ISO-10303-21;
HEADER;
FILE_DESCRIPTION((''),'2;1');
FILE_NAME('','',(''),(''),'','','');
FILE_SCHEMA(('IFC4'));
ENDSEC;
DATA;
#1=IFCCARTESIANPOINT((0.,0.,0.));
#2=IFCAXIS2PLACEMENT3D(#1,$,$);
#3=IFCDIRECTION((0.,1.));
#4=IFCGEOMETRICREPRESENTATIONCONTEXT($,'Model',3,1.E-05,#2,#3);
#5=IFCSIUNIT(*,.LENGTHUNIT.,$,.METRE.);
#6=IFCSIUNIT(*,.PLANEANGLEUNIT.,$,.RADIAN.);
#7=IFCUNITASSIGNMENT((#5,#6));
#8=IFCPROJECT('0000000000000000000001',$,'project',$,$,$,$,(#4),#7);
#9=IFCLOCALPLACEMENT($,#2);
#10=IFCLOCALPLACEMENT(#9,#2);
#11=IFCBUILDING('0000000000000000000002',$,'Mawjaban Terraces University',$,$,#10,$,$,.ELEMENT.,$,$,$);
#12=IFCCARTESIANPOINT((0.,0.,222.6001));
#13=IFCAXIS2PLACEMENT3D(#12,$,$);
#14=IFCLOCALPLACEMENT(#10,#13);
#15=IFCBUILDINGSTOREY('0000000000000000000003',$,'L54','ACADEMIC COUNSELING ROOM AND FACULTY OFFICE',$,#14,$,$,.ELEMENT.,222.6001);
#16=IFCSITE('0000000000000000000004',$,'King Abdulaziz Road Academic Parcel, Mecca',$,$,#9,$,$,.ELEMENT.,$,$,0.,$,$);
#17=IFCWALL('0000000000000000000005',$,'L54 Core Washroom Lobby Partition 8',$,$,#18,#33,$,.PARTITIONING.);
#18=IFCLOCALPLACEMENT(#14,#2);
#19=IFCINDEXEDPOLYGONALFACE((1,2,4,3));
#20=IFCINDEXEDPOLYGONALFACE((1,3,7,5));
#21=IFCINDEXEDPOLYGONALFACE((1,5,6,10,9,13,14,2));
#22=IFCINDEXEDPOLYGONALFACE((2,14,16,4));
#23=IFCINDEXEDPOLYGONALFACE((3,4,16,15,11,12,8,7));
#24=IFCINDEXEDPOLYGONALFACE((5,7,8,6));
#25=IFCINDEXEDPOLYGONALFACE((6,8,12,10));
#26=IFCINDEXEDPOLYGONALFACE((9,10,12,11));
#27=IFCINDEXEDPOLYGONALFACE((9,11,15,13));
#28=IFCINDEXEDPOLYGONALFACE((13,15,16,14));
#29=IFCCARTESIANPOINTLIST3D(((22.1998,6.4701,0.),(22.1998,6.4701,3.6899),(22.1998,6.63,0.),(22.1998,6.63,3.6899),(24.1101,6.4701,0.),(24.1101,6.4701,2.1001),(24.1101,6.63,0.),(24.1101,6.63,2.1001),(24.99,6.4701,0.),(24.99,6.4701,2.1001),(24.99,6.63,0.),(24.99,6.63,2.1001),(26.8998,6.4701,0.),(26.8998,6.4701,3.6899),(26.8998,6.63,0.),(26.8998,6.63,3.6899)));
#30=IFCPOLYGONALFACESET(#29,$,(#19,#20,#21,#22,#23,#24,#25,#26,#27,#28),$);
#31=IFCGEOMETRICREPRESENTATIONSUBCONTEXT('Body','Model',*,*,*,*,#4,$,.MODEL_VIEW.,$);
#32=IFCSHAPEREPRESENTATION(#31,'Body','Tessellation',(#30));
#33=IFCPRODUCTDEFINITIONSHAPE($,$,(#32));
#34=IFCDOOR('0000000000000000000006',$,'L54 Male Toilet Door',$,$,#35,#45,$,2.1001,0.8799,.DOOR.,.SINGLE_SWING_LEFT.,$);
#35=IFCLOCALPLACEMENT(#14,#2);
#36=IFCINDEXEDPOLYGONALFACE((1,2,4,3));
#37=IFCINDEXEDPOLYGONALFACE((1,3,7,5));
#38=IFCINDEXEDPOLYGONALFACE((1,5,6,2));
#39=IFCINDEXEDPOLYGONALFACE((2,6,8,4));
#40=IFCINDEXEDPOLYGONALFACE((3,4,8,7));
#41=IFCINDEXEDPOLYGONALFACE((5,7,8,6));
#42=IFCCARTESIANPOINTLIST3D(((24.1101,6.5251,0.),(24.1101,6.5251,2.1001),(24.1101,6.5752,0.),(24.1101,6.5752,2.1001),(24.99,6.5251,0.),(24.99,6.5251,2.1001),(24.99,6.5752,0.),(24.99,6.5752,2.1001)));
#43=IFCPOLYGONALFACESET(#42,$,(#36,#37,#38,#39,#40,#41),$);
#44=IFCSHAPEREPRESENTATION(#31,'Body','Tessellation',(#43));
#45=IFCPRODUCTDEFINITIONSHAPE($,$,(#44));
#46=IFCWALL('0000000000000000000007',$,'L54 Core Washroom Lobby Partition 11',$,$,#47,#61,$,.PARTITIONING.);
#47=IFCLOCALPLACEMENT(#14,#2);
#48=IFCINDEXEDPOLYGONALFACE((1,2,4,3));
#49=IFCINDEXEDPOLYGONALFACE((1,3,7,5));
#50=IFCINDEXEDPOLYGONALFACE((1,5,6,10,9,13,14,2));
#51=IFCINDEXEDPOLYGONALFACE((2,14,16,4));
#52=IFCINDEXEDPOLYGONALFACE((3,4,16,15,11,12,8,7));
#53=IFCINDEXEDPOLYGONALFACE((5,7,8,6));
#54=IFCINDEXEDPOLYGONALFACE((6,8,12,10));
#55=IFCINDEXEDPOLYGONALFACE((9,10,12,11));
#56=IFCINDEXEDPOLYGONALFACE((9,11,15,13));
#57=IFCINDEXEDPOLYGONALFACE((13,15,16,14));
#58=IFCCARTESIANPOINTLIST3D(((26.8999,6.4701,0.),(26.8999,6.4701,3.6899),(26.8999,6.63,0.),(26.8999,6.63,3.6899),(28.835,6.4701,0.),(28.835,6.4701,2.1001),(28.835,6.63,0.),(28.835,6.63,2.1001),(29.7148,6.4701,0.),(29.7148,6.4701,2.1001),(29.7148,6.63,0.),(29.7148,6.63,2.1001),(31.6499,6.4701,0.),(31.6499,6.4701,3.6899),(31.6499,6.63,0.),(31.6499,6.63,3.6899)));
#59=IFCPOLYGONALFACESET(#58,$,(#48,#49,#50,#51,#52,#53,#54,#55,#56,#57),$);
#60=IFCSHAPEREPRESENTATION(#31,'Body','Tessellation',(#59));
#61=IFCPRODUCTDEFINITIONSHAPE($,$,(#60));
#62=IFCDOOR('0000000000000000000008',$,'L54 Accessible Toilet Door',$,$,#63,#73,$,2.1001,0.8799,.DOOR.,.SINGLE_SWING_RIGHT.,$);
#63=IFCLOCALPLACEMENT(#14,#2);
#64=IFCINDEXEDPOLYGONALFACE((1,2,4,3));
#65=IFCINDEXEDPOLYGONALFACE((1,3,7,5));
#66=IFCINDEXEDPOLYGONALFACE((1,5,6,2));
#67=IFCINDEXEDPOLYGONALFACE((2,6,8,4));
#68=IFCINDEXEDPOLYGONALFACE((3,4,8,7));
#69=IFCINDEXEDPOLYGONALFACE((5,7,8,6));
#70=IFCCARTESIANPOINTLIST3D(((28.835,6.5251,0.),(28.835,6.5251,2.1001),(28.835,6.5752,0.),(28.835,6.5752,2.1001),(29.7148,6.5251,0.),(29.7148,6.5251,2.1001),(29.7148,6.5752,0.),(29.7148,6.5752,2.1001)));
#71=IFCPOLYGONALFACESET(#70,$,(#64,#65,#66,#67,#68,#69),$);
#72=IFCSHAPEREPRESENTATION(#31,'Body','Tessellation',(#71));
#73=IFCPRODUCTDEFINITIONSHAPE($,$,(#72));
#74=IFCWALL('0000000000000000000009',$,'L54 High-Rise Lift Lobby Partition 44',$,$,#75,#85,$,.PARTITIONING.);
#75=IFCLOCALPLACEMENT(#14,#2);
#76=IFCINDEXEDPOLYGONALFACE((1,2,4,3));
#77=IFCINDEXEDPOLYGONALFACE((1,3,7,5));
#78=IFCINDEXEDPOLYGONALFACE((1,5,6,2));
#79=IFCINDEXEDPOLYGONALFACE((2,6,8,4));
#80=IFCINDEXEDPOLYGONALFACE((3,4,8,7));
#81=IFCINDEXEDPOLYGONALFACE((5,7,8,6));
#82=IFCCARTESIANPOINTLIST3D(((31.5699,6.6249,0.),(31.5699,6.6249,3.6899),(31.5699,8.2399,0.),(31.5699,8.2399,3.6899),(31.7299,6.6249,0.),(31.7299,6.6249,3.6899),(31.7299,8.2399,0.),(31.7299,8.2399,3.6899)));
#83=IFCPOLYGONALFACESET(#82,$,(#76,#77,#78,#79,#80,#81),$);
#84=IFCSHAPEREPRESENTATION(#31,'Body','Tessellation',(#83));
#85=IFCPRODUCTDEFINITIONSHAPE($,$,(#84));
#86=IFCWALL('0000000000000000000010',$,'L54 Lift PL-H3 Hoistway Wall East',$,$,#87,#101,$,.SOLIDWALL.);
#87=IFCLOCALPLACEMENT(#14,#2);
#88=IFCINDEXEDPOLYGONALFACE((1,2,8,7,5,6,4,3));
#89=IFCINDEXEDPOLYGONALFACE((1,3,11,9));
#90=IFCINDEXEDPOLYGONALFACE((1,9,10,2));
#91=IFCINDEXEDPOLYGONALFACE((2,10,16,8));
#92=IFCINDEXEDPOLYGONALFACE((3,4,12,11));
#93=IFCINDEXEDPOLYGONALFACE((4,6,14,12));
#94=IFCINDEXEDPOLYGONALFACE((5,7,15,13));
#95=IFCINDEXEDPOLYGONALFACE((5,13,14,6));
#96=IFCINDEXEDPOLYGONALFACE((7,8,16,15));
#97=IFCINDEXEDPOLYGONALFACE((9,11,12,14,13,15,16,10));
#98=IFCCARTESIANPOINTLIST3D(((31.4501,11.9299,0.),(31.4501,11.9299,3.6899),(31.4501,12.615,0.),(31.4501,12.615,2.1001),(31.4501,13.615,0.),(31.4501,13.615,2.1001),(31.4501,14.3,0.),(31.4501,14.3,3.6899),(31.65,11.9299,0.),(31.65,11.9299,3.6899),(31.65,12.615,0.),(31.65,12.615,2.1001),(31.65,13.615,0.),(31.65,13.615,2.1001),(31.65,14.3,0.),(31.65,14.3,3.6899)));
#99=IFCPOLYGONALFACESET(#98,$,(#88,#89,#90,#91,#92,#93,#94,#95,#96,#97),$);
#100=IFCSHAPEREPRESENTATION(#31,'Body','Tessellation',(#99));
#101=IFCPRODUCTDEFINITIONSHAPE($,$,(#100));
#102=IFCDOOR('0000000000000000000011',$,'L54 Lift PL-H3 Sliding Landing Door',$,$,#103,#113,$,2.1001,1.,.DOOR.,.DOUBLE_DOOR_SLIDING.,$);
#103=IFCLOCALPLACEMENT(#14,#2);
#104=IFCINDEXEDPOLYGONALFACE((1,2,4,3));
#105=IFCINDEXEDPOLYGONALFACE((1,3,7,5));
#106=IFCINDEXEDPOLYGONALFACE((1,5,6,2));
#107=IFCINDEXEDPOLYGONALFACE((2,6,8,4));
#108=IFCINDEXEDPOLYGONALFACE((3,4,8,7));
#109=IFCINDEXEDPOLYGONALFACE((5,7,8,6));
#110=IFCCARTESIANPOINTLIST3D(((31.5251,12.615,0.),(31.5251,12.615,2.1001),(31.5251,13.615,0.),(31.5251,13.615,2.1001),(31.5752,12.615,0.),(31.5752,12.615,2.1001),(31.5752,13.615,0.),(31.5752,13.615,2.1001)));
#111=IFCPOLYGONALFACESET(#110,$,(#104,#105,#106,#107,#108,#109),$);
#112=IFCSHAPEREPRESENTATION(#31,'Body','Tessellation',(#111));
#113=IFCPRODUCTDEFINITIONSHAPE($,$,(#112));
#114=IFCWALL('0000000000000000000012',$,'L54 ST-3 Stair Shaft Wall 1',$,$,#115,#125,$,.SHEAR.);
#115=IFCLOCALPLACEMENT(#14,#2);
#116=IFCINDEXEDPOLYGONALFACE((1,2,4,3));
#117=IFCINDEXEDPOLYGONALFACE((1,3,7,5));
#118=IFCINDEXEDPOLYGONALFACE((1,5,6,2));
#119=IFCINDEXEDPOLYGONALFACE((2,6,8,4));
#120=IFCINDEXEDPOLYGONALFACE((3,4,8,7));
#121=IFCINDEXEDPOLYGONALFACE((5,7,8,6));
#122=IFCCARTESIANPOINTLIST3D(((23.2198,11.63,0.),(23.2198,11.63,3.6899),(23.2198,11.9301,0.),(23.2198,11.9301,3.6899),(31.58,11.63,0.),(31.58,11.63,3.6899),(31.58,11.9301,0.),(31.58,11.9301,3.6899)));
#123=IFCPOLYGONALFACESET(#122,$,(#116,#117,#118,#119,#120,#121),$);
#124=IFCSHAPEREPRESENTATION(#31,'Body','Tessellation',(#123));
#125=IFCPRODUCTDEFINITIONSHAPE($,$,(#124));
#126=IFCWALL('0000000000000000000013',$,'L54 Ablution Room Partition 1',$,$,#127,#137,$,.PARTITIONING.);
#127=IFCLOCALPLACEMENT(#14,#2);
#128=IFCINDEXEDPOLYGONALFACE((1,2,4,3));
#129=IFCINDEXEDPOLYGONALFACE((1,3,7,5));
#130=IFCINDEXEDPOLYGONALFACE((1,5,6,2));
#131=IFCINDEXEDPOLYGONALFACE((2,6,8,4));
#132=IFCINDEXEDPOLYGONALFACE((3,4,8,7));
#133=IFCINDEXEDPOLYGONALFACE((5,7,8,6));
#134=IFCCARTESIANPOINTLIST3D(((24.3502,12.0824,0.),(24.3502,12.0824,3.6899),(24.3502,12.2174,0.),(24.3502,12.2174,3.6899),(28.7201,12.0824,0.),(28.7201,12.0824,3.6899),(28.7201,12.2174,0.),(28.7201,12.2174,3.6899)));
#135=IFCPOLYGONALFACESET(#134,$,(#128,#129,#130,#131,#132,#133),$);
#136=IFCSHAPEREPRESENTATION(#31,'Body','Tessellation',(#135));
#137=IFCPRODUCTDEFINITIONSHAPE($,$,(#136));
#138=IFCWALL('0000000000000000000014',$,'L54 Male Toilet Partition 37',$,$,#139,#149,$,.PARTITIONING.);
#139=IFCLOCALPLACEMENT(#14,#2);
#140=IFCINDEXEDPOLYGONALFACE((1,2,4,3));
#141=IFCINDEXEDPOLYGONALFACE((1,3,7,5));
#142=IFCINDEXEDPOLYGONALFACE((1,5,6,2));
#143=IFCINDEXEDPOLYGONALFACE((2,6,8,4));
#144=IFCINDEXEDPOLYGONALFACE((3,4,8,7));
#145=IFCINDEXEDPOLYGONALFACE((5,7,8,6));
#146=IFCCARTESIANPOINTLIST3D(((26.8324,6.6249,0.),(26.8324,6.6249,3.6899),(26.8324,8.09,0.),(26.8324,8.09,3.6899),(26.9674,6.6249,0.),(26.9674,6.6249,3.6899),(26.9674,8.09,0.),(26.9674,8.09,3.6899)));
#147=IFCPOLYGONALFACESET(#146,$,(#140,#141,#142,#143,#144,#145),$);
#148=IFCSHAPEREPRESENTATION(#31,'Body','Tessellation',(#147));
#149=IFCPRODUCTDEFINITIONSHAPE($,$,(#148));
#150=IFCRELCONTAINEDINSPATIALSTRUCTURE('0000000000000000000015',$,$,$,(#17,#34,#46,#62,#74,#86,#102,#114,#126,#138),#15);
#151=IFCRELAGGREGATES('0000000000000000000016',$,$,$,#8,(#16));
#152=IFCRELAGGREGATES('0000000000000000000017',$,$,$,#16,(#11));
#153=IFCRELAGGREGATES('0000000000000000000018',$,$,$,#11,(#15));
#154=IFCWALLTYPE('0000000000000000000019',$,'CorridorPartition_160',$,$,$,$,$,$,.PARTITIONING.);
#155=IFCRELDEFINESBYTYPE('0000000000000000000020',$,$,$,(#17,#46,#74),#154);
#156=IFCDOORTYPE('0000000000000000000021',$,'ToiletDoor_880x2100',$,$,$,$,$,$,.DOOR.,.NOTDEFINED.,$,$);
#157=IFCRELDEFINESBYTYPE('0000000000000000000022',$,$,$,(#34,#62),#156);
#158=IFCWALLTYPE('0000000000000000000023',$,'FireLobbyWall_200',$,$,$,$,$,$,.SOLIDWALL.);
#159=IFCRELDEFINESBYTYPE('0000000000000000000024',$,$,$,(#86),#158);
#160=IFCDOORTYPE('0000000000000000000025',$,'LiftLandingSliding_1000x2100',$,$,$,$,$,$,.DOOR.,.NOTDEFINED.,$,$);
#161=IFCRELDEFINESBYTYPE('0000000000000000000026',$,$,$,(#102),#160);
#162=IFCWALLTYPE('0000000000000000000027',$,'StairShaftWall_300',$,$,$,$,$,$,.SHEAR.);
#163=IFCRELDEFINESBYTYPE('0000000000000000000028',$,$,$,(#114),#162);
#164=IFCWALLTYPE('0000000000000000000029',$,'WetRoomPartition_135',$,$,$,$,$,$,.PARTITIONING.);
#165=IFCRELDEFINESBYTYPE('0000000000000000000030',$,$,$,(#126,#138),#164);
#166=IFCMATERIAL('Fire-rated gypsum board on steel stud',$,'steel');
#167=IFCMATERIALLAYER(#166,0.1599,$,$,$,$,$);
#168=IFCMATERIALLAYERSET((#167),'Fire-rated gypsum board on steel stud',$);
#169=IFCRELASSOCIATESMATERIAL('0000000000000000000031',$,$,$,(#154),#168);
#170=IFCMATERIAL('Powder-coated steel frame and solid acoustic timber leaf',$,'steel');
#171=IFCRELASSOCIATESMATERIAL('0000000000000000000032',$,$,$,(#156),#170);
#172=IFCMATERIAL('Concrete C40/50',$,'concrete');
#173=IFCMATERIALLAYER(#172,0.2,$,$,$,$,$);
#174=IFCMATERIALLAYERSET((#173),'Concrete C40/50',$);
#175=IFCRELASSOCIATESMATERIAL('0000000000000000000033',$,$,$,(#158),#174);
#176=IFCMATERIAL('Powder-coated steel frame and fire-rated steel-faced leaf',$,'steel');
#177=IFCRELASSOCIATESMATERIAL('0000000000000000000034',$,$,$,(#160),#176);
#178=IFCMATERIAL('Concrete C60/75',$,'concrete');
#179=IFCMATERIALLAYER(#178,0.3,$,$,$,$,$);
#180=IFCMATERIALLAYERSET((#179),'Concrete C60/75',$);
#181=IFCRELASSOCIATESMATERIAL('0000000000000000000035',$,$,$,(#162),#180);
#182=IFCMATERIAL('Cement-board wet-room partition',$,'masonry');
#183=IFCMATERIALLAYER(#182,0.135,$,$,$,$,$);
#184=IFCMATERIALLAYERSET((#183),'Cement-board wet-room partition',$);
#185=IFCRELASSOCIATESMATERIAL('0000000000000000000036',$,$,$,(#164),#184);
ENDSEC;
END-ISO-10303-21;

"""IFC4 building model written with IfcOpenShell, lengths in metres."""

from ifc_helpers import new_model, si_unit, direction, frame, frame_2d, origin, place, context, subcontext, project, spatial, rectangle, extrude, material, layer, layer_set, type_object, element, fill, save


model = new_model("IFC4")

# Units and contexts
model_context = context("Model", 3, precision=1e-05, world=origin(), true_north=direction((0.0, 1.0)))
body_context = subcontext(model_context, "Body", "Model", "MODEL_VIEW")
ifc_project = project(units=[si_unit("LENGTHUNIT", "METRE"), si_unit("PLANEANGLEUNIT", "RADIAN")], contexts=[model_context])

# Site, building, storey
site_placement = place(None, origin())
site = spatial("IfcSite", under=ifc_project, at=site_placement, Name="King Abdulaziz Road Academic Parcel, Mecca", CompositionType="ELEMENT", RefElevation=0.0)
building_placement = place(site_placement, origin())
building = spatial("IfcBuilding", under=site, at=building_placement, Name="Mawjaban Terraces University", CompositionType="ELEMENT")
storey_placement = place(building_placement, frame((0.0, 0.0, 222.6001)))
storey = spatial("IfcBuildingStorey", under=building, at=storey_placement, Name="L54", Description="ACADEMIC COUNSELING ROOM AND FACULTY OFFICE", CompositionType="ELEMENT", Elevation=222.6001)

# Walls, openings, doors
ifc_material_1 = material(Name="Fire-rated gypsum board on steel stud", Category="steel")
ifc_layer_1 = layer(ifc_material_1, 0.1599)
ifc_layer_set_1 = layer_set([ifc_layer_1], Name="Fire-rated gypsum board on steel stud")
wall_type_1 = type_object("IfcWallType", Name="CorridorPartition_160", PredefinedType="PARTITIONING", material=ifc_layer_set_1)
wall_1_placement = place(storey_placement, frame((26.8999, 6.55, 0.0), z_axis=(0.0, 0.0, 1.0), x_axis=(-1.0, 0.0, 0.0)))
wall_1 = element("IfcWall", 1, at=wall_1_placement, inside=storey, type_object=wall_type_1, Name="L54 Core Washroom Lobby Partition 8", PredefinedType="PARTITIONING", context=body_context, shape_type="SweptSolid", body=[
    extrude(rectangle(XDim=4.7, YDim=0.1599, at=frame_2d((2.3501, 0.0))), origin(), (0.0, 0.0, 1.0), 3.6899),
])
opening_1_placement = place(wall_1_placement, frame((1.9099, 0.0, 0.0)))
opening_1 = element("IfcOpeningElement", 2, at=opening_1_placement, cuts=wall_1, PredefinedType="OPENING", context=body_context, shape_type="SweptSolid", body=[
    extrude(rectangle(XDim=0.8799, YDim=2.1001, at=frame_2d((0.4399, 1.05))), frame((0.0, 0.0898, 0.0), z_axis=(0.0, -1.0, 0.0), x_axis=(1.0, 0.0, 0.0)), (0.0, 0.0, 1.0), 0.1799),
])
ifc_material_2 = material(Name="Powder-coated steel frame and solid acoustic timber leaf", Category="steel")
door_type_1 = type_object("IfcDoorType", Name="ToiletDoor_880x2100", OperationType="NOTDEFINED", PredefinedType="DOOR", material=ifc_material_2)
door_1_placement = place(opening_1_placement, origin())
door_1 = element("IfcDoor", 3, at=door_1_placement, inside=storey, type_object=door_type_1, Name="L54 Male Toilet Door", OperationType="SINGLE_SWING_LEFT", OverallHeight=2.1001, OverallWidth=0.8799, PredefinedType="DOOR", context=body_context, shape_type="SweptSolid", body=[
    extrude(rectangle(XDim=0.8799, YDim=2.1001, at=frame_2d((0.4399, 1.05))), frame((0.0, 0.0249, 0.0), z_axis=(0.0, -1.0, 0.0), x_axis=(1.0, 0.0, 0.0)), (0.0, 0.0, 1.0), 0.05),
])
fill(opening_1, door_1)
wall_2_placement = place(storey_placement, frame((31.6499, 6.55, 0.0), z_axis=(0.0, 0.0, 1.0), x_axis=(-1.0, 0.0, 0.0)))
wall_2 = element("IfcWall", 4, at=wall_2_placement, inside=storey, type_object=wall_type_1, Name="L54 Core Washroom Lobby Partition 11", PredefinedType="PARTITIONING", context=body_context, shape_type="SweptSolid", body=[
    extrude(rectangle(XDim=4.75, YDim=0.1599, at=frame_2d((2.375, 0.0))), origin(), (0.0, 0.0, 1.0), 3.6899),
])
opening_2_placement = place(wall_2_placement, frame((1.9351, 0.0, 0.0)))
opening_2 = element("IfcOpeningElement", 5, at=opening_2_placement, cuts=wall_2, PredefinedType="OPENING", context=body_context, shape_type="SweptSolid", body=[
    extrude(rectangle(XDim=0.8799, YDim=2.1001, at=frame_2d((0.4399, 1.05))), frame((0.0, 0.0898, 0.0), z_axis=(0.0, -1.0, 0.0), x_axis=(1.0, 0.0, 0.0)), (0.0, 0.0, 1.0), 0.1799),
])
door_2_placement = place(opening_2_placement, origin())
door_2 = element("IfcDoor", 6, at=door_2_placement, inside=storey, type_object=door_type_1, Name="L54 Accessible Toilet Door", OperationType="SINGLE_SWING_RIGHT", OverallHeight=2.1001, OverallWidth=0.8799, PredefinedType="DOOR", context=body_context, shape_type="SweptSolid", body=[
    extrude(rectangle(XDim=0.8799, YDim=2.1001, at=frame_2d((0.4399, 1.05))), frame((0.0, 0.0249, 0.0), z_axis=(0.0, -1.0, 0.0), x_axis=(1.0, 0.0, 0.0)), (0.0, 0.0, 1.0), 0.05),
])
fill(opening_2, door_2)

# Wall
wall_3_placement = place(storey_placement, frame((31.6499, 8.24, 0.0), z_axis=(0.0, 0.0, 1.0), x_axis=(0.0, -1.0, 0.0)))
element("IfcWall", 7, at=wall_3_placement, inside=storey, type_object=wall_type_1, Name="L54 High-Rise Lift Lobby Partition 44", PredefinedType="PARTITIONING", context=body_context, shape_type="SweptSolid", body=[
    extrude(rectangle(XDim=1.615, YDim=0.1599, at=frame_2d((0.8076, 0.0))), origin(), (0.0, 0.0, 1.0), 3.6899),
])

# Wall, opening, door
ifc_material_3 = material(Name="Concrete C40/50", Category="concrete")
ifc_layer_2 = layer(ifc_material_3, 0.2)
ifc_layer_set_2 = layer_set([ifc_layer_2], Name="Concrete C40/50")
wall_type_2 = type_object("IfcWallType", Name="FireLobbyWall_200", PredefinedType="SOLIDWALL", material=ifc_layer_set_2)
wall_4_placement = place(storey_placement, frame((31.55, 11.9299, 0.0), z_axis=(0.0, 0.0, 1.0), x_axis=(0.0, 1.0, 0.0)))
wall_4 = element("IfcWall", 8, at=wall_4_placement, inside=storey, type_object=wall_type_2, Name="L54 Lift PL-H3 Hoistway Wall East", PredefinedType="SOLIDWALL", context=body_context, shape_type="SweptSolid", body=[
    extrude(rectangle(XDim=2.3701, YDim=0.2, at=frame_2d((1.1851, 0.0))), origin(), (0.0, 0.0, 1.0), 3.6899),
])
opening_3_placement = place(wall_4_placement, frame((0.6851, 0.0, 0.0)))
opening_3 = element("IfcOpeningElement", 9, at=opening_3_placement, cuts=wall_4, PredefinedType="OPENING", context=body_context, shape_type="SweptSolid", body=[
    extrude(rectangle(XDim=1.0, YDim=2.1001, at=frame_2d((0.5, 1.05))), frame((0.0, 0.1099, 0.0), z_axis=(0.0, -1.0, 0.0), x_axis=(1.0, 0.0, 0.0)), (0.0, 0.0, 1.0), 0.22),
])
ifc_material_4 = material(Name="Powder-coated steel frame and fire-rated steel-faced leaf", Category="steel")
door_type_2 = type_object("IfcDoorType", Name="LiftLandingSliding_1000x2100", OperationType="NOTDEFINED", PredefinedType="DOOR", material=ifc_material_4)
door_3_placement = place(opening_3_placement, origin())
door_3 = element("IfcDoor", 10, at=door_3_placement, inside=storey, type_object=door_type_2, Name="L54 Lift PL-H3 Sliding Landing Door", OperationType="DOUBLE_DOOR_SLIDING", OverallHeight=2.1001, OverallWidth=1.0, PredefinedType="DOOR", context=body_context, shape_type="SweptSolid", body=[
    extrude(rectangle(XDim=1.0, YDim=2.1001, at=frame_2d((0.5, 1.05))), frame((0.0, 0.0249, 0.0), z_axis=(0.0, -1.0, 0.0), x_axis=(1.0, 0.0, 0.0)), (0.0, 0.0, 1.0), 0.05),
])
fill(opening_3, door_3)

# Wall
ifc_material_5 = material(Name="Concrete C60/75", Category="concrete")
ifc_layer_3 = layer(ifc_material_5, 0.3)
ifc_layer_set_3 = layer_set([ifc_layer_3], Name="Concrete C60/75")
wall_type_3 = type_object("IfcWallType", Name="StairShaftWall_300", PredefinedType="SHEAR", material=ifc_layer_set_3)
wall_5_placement = place(storey_placement, frame((31.5801, 11.78, 0.0), z_axis=(0.0, 0.0, 1.0), x_axis=(-1.0, 0.0, 0.0)))
element("IfcWall", 11, at=wall_5_placement, inside=storey, type_object=wall_type_3, Name="L54 ST-3 Stair Shaft Wall 1", PredefinedType="SHEAR", context=body_context, shape_type="SweptSolid", body=[
    extrude(rectangle(XDim=8.3601, YDim=0.3, at=frame_2d((4.1802, 0.0))), origin(), (0.0, 0.0, 1.0), 3.6899),
])

# Walls
ifc_material_6 = material(Name="Cement-board wet-room partition", Category="masonry")
ifc_layer_4 = layer(ifc_material_6, 0.135)
ifc_layer_set_4 = layer_set([ifc_layer_4], Name="Cement-board wet-room partition")
wall_type_4 = type_object("IfcWallType", Name="WetRoomPartition_135", PredefinedType="PARTITIONING", material=ifc_layer_set_4)
wall_6_placement = place(storey_placement, frame((24.3501, 12.1499, 0.0), z_axis=(0.0, 0.0, 1.0), x_axis=(1.0, 0.0, 0.0)))
element("IfcWall", 12, at=wall_6_placement, inside=storey, type_object=wall_type_4, Name="L54 Ablution Room Partition 1", PredefinedType="PARTITIONING", context=body_context, shape_type="SweptSolid", body=[
    extrude(rectangle(XDim=4.3699, YDim=0.135, at=frame_2d((2.1851, 0.0))), origin(), (0.0, 0.0, 1.0), 3.6899),
])
wall_7_placement = place(storey_placement, frame((26.8999, 6.625, 0.0), z_axis=(0.0, 0.0, 1.0), x_axis=(0.0, 1.0, 0.0)))
element("IfcWall", 13, at=wall_7_placement, inside=storey, type_object=wall_type_4, Name="L54 Male Toilet Partition 37", PredefinedType="PARTITIONING", context=body_context, shape_type="SweptSolid", body=[
    extrude(rectangle(XDim=1.4651, YDim=0.135, at=frame_2d((0.7324, 0.0))), origin(), (0.0, 0.0, 1.0), 3.6899),
])

save(model, "model.ifc")
